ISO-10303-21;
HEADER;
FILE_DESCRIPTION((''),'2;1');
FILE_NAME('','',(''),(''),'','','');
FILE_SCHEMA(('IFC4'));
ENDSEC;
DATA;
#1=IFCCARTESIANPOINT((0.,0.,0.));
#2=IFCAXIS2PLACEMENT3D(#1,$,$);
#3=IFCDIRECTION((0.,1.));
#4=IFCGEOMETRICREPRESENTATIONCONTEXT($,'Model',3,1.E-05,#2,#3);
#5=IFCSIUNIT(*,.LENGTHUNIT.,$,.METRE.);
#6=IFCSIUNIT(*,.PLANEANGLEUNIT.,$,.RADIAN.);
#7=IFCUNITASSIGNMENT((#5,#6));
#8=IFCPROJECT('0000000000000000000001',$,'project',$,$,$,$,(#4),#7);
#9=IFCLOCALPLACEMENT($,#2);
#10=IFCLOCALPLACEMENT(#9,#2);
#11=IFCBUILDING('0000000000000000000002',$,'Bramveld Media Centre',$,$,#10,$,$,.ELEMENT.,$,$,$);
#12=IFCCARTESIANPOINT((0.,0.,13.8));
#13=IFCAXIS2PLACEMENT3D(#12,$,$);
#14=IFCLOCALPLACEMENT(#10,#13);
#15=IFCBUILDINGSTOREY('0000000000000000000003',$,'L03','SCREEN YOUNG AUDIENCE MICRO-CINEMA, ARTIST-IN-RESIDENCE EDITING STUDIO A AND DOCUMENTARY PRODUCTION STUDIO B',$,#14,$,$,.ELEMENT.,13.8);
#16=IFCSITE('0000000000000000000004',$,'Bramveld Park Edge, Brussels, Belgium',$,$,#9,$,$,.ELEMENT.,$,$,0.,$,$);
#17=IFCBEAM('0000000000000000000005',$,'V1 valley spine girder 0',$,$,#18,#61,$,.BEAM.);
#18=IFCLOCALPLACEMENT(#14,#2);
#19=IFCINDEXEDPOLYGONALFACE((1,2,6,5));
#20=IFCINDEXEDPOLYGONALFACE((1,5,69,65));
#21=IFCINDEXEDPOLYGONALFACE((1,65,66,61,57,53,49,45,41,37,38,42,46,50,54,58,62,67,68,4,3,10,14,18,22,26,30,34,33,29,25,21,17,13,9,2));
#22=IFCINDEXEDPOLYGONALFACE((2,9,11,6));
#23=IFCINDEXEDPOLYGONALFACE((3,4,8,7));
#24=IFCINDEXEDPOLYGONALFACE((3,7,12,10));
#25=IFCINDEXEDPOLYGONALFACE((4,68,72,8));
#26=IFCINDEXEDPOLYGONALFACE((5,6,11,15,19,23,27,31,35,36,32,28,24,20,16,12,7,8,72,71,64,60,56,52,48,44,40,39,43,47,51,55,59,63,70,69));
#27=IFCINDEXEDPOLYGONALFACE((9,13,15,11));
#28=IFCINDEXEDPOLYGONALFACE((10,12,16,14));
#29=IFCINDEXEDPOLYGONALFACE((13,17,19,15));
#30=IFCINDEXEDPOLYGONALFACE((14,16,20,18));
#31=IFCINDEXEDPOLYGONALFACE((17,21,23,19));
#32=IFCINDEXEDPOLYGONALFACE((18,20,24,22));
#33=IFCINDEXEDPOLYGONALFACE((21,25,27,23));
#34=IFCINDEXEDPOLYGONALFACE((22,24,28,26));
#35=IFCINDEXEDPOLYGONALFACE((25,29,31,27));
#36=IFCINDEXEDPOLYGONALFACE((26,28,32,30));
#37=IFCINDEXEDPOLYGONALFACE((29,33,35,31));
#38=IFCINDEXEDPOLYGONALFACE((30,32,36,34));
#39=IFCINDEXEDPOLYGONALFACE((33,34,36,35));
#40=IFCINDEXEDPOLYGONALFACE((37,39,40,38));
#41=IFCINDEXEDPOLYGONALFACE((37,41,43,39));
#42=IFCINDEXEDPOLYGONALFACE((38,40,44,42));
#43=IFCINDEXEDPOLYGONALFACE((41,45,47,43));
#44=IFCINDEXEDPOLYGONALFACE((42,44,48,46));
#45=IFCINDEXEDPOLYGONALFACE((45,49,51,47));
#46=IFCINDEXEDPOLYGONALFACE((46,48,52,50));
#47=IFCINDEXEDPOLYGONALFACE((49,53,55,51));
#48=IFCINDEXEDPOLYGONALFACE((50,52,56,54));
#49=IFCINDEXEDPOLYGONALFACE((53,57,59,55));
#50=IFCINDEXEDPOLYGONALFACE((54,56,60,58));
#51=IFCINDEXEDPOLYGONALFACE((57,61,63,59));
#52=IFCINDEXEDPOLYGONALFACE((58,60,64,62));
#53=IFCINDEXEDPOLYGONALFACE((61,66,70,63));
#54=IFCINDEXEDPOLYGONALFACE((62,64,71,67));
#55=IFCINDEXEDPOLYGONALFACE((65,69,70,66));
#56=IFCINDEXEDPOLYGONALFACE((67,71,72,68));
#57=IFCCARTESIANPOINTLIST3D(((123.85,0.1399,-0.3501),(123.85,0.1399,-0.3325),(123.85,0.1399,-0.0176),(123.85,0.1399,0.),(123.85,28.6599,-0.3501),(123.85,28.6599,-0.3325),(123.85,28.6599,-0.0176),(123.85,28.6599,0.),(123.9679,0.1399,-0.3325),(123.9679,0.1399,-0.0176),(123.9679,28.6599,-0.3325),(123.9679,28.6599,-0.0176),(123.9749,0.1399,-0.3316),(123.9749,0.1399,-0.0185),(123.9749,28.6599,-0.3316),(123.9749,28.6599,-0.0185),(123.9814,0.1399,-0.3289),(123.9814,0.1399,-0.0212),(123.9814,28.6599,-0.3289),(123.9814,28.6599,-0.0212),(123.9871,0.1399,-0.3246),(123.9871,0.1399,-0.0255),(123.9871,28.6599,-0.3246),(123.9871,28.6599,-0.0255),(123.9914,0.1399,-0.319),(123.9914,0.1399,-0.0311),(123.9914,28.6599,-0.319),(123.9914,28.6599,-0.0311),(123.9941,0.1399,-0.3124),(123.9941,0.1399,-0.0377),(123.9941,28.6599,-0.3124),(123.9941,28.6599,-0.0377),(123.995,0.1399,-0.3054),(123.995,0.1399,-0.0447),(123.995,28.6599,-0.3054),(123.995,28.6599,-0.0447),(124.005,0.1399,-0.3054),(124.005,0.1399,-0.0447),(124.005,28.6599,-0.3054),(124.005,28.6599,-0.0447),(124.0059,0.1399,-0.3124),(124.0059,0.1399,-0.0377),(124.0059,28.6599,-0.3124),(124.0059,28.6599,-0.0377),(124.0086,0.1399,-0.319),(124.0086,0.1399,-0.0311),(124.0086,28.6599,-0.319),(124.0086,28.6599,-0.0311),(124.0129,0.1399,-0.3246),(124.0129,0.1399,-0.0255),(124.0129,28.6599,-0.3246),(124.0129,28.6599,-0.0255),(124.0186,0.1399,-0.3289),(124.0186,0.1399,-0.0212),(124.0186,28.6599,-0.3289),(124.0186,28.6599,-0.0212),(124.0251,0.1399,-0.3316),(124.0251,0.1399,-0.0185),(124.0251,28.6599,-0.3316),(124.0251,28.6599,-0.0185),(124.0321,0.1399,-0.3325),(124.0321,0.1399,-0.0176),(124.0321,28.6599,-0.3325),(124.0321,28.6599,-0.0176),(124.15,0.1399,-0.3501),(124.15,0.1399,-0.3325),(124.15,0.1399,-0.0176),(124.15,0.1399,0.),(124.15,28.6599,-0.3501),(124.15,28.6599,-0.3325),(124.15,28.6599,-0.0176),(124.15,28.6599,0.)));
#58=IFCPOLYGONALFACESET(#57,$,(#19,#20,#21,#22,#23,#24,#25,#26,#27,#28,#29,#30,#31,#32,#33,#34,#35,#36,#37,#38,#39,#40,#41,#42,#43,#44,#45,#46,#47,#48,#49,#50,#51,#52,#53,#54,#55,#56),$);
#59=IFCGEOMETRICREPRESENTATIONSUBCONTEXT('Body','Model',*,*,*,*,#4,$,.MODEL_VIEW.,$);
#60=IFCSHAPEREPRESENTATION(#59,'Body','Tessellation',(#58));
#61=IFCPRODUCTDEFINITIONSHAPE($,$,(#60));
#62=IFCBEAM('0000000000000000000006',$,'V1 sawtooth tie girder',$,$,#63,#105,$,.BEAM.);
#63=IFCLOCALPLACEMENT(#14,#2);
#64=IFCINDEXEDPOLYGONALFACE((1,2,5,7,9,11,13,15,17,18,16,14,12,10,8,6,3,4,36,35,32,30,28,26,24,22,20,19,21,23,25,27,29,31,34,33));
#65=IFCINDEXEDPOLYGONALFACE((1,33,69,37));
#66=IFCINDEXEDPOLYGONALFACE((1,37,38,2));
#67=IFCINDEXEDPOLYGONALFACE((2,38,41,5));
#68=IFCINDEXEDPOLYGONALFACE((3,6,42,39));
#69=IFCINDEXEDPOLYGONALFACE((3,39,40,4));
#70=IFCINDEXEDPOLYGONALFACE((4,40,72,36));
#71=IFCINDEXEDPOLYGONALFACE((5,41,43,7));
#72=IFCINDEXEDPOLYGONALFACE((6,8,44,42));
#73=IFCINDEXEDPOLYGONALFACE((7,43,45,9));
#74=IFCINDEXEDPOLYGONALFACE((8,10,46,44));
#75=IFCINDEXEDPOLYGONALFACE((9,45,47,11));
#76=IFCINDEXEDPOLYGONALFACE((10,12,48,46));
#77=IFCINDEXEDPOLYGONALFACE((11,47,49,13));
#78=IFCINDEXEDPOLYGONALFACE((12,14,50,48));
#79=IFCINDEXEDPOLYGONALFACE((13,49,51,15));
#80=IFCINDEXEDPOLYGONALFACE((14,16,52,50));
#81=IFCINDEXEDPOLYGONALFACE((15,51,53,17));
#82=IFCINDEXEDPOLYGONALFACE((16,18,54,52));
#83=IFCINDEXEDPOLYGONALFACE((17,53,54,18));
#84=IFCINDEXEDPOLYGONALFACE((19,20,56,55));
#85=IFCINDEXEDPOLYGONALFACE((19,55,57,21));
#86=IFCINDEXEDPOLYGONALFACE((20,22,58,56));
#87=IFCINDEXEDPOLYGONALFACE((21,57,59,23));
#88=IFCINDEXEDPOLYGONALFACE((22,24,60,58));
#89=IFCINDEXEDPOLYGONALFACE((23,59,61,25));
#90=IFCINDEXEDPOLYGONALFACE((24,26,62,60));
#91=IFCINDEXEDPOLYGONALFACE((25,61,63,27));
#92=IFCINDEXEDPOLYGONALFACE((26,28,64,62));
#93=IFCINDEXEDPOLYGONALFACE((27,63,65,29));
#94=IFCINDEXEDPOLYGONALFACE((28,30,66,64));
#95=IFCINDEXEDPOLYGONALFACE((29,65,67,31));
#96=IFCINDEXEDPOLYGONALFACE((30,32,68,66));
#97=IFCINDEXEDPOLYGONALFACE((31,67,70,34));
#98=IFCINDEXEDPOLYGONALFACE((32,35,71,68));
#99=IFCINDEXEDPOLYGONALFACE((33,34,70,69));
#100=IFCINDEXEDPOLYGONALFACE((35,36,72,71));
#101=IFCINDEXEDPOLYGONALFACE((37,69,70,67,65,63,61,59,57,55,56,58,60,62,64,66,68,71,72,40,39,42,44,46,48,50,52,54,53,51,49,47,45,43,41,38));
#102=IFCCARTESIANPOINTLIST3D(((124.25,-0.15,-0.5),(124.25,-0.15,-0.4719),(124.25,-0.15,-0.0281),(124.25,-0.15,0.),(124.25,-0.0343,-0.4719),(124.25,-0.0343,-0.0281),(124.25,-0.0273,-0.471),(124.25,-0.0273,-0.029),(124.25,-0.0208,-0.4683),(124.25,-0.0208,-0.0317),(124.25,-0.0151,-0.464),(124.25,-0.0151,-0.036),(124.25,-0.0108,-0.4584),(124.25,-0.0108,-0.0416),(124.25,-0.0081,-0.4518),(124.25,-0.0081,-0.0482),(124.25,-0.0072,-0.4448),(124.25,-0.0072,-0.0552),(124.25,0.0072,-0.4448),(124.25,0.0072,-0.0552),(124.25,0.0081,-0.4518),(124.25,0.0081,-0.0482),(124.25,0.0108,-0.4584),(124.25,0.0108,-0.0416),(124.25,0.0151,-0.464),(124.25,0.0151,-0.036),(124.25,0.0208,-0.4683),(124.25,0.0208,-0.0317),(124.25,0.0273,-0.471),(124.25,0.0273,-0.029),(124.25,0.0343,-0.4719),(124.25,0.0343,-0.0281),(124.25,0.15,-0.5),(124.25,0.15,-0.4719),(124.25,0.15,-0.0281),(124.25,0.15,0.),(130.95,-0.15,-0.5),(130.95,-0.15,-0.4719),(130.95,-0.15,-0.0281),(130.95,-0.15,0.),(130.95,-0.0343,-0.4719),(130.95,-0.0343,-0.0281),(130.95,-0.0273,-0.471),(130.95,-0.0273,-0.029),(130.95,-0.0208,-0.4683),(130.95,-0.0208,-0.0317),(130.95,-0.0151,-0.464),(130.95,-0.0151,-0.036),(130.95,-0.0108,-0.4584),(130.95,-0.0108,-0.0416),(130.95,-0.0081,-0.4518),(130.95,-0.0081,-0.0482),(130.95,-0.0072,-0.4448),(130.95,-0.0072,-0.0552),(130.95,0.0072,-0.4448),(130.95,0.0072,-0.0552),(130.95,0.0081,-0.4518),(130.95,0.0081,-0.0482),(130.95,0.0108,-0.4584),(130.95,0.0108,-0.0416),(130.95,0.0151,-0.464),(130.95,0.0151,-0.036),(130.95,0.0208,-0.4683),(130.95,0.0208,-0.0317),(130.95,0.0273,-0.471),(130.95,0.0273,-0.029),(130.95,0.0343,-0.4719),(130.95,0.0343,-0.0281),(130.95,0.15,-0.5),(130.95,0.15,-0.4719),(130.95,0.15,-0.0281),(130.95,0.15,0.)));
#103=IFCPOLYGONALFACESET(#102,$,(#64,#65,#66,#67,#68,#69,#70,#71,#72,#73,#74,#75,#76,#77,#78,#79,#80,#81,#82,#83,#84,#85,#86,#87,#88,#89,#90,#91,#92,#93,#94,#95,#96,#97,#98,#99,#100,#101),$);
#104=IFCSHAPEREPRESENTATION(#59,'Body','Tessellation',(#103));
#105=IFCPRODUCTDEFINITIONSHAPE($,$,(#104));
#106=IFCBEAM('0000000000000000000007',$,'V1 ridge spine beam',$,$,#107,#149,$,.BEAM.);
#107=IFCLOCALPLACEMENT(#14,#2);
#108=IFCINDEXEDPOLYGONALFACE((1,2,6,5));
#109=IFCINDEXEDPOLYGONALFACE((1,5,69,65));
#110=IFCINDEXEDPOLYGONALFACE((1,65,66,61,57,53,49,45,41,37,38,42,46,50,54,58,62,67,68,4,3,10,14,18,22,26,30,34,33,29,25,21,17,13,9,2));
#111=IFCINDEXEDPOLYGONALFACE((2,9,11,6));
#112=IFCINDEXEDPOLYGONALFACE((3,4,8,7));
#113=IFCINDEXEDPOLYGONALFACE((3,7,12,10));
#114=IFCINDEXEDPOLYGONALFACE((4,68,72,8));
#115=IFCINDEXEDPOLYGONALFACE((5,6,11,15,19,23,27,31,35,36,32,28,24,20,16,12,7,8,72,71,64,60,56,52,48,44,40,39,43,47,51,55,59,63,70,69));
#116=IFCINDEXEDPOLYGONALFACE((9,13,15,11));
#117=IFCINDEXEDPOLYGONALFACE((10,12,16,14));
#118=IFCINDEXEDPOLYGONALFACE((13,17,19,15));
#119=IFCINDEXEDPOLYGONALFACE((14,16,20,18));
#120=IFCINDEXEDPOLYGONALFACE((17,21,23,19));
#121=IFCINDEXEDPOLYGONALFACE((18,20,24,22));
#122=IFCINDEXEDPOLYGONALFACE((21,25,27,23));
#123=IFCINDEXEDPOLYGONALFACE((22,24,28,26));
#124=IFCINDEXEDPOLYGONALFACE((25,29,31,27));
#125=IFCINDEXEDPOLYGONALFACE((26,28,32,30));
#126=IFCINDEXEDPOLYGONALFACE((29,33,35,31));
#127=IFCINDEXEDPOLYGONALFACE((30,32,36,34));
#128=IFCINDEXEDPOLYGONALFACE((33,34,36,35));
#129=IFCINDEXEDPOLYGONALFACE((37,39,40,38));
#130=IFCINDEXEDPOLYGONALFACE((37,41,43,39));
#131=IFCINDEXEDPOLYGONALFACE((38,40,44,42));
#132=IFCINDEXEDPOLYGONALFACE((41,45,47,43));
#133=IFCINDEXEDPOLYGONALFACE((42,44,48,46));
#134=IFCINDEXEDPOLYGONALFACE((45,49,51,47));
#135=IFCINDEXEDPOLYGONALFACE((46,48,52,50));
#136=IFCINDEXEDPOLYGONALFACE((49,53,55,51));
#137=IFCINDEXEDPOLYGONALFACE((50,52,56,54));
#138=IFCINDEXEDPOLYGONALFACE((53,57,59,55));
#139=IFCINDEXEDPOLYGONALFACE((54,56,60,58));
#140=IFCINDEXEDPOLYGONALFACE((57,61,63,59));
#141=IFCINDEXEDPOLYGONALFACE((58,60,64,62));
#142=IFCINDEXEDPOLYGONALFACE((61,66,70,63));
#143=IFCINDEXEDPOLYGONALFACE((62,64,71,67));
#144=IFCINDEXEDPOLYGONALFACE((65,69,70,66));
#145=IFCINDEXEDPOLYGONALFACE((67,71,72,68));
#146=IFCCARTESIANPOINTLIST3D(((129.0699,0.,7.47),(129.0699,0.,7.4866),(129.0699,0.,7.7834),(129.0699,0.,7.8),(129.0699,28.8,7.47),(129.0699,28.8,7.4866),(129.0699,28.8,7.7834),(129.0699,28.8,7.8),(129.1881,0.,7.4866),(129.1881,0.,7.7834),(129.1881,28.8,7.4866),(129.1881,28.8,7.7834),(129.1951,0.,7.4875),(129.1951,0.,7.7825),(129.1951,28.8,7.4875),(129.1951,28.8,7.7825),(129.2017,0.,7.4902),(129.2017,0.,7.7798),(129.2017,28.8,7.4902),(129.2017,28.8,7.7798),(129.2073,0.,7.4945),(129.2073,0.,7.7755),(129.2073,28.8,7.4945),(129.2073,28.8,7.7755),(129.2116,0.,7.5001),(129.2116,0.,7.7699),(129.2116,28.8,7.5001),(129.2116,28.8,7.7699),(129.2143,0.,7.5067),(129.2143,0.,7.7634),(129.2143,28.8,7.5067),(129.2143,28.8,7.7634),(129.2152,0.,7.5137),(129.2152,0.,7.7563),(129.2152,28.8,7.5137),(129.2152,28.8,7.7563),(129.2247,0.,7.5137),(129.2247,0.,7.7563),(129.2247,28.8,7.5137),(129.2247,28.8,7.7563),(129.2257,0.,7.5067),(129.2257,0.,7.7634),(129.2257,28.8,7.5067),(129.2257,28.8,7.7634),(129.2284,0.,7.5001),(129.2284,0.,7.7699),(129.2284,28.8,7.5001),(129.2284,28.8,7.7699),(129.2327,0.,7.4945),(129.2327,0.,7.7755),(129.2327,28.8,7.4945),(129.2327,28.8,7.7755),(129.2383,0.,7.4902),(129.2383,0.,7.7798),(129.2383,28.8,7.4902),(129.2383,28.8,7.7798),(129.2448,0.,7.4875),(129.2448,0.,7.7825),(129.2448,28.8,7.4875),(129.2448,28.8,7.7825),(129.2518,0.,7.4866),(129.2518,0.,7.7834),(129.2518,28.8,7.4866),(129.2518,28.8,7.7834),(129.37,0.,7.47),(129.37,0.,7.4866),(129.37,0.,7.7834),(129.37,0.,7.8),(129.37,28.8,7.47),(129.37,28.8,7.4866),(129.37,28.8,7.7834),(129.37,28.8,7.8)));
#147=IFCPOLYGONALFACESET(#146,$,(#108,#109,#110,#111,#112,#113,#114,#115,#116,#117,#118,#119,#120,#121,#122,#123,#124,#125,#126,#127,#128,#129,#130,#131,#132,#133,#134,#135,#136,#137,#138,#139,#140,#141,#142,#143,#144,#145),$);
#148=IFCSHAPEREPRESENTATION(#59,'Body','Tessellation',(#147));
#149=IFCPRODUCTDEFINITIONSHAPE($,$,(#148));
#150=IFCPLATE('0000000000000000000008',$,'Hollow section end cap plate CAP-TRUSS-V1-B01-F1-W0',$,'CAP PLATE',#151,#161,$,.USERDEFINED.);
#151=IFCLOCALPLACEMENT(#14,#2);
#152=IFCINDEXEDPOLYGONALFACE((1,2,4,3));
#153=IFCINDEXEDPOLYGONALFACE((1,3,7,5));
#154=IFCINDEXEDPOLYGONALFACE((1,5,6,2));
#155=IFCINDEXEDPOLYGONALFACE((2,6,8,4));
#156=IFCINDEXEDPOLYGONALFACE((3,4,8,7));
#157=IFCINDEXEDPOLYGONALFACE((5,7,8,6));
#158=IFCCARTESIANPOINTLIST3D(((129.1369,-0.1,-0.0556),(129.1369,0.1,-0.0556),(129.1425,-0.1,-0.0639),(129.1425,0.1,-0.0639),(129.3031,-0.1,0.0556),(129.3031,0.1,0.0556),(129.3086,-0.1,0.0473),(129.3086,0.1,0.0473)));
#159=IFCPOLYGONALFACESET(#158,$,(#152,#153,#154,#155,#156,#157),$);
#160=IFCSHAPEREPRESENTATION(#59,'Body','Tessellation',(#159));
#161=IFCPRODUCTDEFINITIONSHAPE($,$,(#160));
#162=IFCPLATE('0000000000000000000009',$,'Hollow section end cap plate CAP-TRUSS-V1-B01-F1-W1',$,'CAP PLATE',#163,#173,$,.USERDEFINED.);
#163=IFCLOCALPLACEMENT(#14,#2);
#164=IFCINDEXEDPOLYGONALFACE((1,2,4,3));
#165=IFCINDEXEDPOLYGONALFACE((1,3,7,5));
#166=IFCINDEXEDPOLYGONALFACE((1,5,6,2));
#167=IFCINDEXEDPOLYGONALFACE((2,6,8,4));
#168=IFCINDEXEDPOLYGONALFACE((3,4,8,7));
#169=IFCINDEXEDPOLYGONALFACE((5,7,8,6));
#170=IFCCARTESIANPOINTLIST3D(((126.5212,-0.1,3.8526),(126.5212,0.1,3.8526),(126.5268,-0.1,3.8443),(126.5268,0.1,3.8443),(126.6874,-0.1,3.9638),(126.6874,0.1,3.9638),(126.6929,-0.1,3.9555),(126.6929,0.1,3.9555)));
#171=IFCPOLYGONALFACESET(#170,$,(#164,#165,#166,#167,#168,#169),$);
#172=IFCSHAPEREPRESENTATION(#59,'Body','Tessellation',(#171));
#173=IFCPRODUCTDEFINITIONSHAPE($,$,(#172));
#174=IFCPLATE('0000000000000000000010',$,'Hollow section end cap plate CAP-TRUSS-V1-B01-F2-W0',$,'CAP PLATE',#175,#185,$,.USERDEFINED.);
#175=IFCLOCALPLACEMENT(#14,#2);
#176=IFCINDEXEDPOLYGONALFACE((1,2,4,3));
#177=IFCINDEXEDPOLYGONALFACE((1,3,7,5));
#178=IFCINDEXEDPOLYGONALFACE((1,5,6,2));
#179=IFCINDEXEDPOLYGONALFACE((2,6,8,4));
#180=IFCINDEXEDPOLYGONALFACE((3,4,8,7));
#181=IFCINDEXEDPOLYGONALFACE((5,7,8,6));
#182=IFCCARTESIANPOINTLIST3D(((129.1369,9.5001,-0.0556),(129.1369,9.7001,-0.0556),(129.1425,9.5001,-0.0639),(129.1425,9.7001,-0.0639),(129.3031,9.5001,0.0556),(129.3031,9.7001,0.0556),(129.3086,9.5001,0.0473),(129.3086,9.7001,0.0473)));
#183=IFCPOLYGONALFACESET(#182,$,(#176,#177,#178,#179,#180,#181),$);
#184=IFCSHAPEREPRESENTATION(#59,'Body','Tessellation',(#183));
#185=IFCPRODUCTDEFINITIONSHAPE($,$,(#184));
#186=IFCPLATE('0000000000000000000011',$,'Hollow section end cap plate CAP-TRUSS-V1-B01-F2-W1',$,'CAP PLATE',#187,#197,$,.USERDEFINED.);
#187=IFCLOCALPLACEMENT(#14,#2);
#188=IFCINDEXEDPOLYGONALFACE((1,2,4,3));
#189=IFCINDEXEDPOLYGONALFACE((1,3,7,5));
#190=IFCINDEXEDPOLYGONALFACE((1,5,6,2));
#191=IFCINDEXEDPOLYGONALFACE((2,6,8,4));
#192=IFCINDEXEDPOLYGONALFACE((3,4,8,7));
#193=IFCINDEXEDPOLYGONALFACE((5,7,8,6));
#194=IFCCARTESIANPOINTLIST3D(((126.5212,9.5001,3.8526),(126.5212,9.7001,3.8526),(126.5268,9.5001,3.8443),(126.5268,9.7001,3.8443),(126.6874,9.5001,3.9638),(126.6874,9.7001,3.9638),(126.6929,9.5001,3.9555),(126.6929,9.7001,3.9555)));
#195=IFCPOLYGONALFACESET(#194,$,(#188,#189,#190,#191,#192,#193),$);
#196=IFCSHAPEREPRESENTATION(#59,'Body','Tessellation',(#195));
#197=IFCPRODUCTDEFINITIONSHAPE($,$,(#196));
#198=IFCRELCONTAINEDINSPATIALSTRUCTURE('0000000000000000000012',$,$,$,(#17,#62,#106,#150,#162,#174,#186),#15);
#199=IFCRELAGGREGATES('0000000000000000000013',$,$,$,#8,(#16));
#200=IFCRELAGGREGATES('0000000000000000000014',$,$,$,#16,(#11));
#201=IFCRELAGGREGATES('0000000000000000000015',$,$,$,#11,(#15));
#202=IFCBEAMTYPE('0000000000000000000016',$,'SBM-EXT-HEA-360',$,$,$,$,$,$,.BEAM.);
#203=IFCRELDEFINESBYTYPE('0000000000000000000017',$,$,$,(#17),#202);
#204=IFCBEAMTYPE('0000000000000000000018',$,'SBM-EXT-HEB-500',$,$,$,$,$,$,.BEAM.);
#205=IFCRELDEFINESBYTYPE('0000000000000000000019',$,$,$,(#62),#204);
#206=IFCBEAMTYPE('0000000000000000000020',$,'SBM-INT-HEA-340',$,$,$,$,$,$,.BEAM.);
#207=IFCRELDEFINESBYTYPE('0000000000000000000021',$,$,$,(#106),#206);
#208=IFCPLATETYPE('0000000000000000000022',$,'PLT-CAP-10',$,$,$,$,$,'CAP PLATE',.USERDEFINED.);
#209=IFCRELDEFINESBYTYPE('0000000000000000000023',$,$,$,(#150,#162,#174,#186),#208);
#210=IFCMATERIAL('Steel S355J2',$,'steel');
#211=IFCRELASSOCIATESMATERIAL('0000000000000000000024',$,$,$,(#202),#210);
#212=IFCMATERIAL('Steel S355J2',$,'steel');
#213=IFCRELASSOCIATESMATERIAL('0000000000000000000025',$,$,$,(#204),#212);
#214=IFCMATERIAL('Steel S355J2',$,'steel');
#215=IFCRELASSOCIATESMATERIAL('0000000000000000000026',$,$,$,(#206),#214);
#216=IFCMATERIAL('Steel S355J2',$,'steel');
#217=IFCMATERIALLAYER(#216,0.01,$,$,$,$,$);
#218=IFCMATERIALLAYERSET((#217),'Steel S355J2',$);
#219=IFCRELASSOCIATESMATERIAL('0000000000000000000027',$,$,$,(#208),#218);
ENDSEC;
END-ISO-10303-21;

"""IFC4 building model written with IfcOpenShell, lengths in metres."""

from ifc_helpers import new_model, si_unit, direction, frame, origin, origin_2d, place, context, subcontext, project, spatial, rectangle, i_section, extrude, material, layer, layer_set, material_profile, profile_set, type_object, element, save


model = new_model("IFC4")

# Units and contexts
model_context = context("Model", 3, precision=1e-05, world=origin(), true_north=direction((0.0, 1.0)))
body_context = subcontext(model_context, "Body", "Model", "MODEL_VIEW")
ifc_project = project(units=[si_unit("LENGTHUNIT", "METRE"), si_unit("PLANEANGLEUNIT", "RADIAN")], contexts=[model_context])

# Site, building, storey
site_placement = place(None, origin())
site = spatial("IfcSite", under=ifc_project, at=site_placement, Name="Bramveld Park Edge, Brussels, Belgium", CompositionType="ELEMENT", RefElevation=0.0)
building_placement = place(site_placement, origin())
building = spatial("IfcBuilding", under=site, at=building_placement, Name="Bramveld Media Centre", CompositionType="ELEMENT")
storey_placement = place(building_placement, frame((0.0, 0.0, 13.8)))
storey = spatial("IfcBuildingStorey", under=building, at=storey_placement, Name="L03", Description="SCREEN YOUNG AUDIENCE MICRO-CINEMA, ARTIST-IN-RESIDENCE EDITING STUDIO A AND DOCUMENTARY PRODUCTION STUDIO B", CompositionType="ELEMENT", Elevation=13.8)

# Beams
ifc_material_1 = material(Name="Steel S355J2", Category="steel")
ifc_material_profile_1 = material_profile(ifc_material_1, i_section(OverallWidth=0.3, OverallDepth=0.3501, WebThickness=0.01, FlangeThickness=0.0176, FilletRadius=0.0271, at=origin_2d()), Name="HEA 360")
ifc_profile_set_1 = profile_set([ifc_material_profile_1], Name="Steel S355J2")
beam_type_1 = type_object("IfcBeamType", Name="SBM-EXT-HEA-360", PredefinedType="BEAM", material=ifc_profile_set_1)
beam_1_placement = place(storey_placement, frame((124.0, 0.1399, -0.175), z_axis=(0.0, 1.0, 0.0), x_axis=(-1.0, 0.0, 0.0)))
element("IfcBeam", 1, at=beam_1_placement, inside=storey, type_object=beam_type_1, Name="V1 valley spine girder 0", PredefinedType="BEAM", context=body_context, shape_type="SweptSolid", body=[
    extrude(i_section(OverallWidth=0.3, OverallDepth=0.3501, WebThickness=0.01, FlangeThickness=0.0176, FilletRadius=0.0271, at=origin_2d()), origin(), (0.0, 0.0, 1.0), 28.52),
])
ifc_material_2 = material(Name="Steel S355J2", Category="steel")
ifc_material_profile_2 = material_profile(ifc_material_2, i_section(OverallWidth=0.3, OverallDepth=0.5, WebThickness=0.0144, FlangeThickness=0.0281, FilletRadius=0.0271, at=origin_2d()), Name="HEB 500")
ifc_profile_set_2 = profile_set([ifc_material_profile_2], Name="Steel S355J2")
beam_type_2 = type_object("IfcBeamType", Name="SBM-EXT-HEB-500", PredefinedType="BEAM", material=ifc_profile_set_2)
beam_2_placement = place(storey_placement, frame((124.25, 0.0, -0.25), z_axis=(1.0, 0.0, 0.0), x_axis=(0.0, 1.0, 0.0)))
element("IfcBeam", 2, at=beam_2_placement, inside=storey, type_object=beam_type_2, Name="V1 sawtooth tie girder", PredefinedType="BEAM", context=body_context, shape_type="SweptSolid", body=[
    extrude(i_section(OverallWidth=0.3, OverallDepth=0.5, WebThickness=0.0144, FlangeThickness=0.0281, FilletRadius=0.0271, at=origin_2d()), origin(), (0.0, 0.0, 1.0), 6.7),
])
ifc_material_3 = material(Name="Steel S355J2", Category="steel")
ifc_material_profile_3 = material_profile(ifc_material_3, i_section(OverallWidth=0.3, OverallDepth=0.3301, WebThickness=0.0095, FlangeThickness=0.0166, FilletRadius=0.0271, at=origin_2d()), Name="HEA 340")
ifc_profile_set_3 = profile_set([ifc_material_profile_3], Name="Steel S355J2")
beam_type_3 = type_object("IfcBeamType", Name="SBM-INT-HEA-340", PredefinedType="BEAM", material=ifc_profile_set_3)
beam_3_placement = place(storey_placement, frame((129.22, 0.0, 7.635), z_axis=(0.0, 1.0, 0.0), x_axis=(-1.0, 0.0, 0.0)))
element("IfcBeam", 3, at=beam_3_placement, inside=storey, type_object=beam_type_3, Name="V1 ridge spine beam", PredefinedType="BEAM", context=body_context, shape_type="SweptSolid", body=[
    extrude(i_section(OverallWidth=0.3, OverallDepth=0.3301, WebThickness=0.0095, FlangeThickness=0.0166, FilletRadius=0.0271, at=origin_2d()), origin(), (0.0, 0.0, 1.0), 28.8),
])

# Plates
ifc_material_4 = material(Name="Steel S355J2", Category="steel")
ifc_layer_1 = layer(ifc_material_4, 0.01)
ifc_layer_set_1 = layer_set([ifc_layer_1], Name="Steel S355J2")
plate_type_1 = type_object("IfcPlateType", Name="PLT-CAP-10", ElementType="CAP PLATE", PredefinedType="USERDEFINED", material=ifc_layer_set_1)
for number, where, z_axis, x_axis, name in (
    (4, (129.22, 0.0, 0.0), (0.556175, 0.0, -0.831065), (0.0, 1.0, 0.0), "Hollow section end cap plate CAP-TRUSS-V1-B01-F1-W0"),
    (5, (126.6099, 0.0, 3.8999), (-0.556175, 0.0, 0.831065), (0.0, -1.0, 0.0), "Hollow section end cap plate CAP-TRUSS-V1-B01-F1-W1"),
    (6, (129.22, 9.6001, 0.0), (0.556175, 0.0, -0.831065), (0.0, 1.0, 0.0), "Hollow section end cap plate CAP-TRUSS-V1-B01-F2-W0"),
    (7, (126.6099, 9.6001, 3.8999), (-0.556175, 0.0, 0.831065), (0.0, -1.0, 0.0), "Hollow section end cap plate CAP-TRUSS-V1-B01-F2-W1"),
):
    element("IfcPlate", number, at=place(storey_placement, frame(where, z_axis=z_axis, x_axis=x_axis)), inside=storey, type_object=plate_type_1, Name=name, ObjectType="CAP PLATE", PredefinedType="USERDEFINED", context=body_context, shape_type="SweptSolid", body=[
        extrude(rectangle(XDim=0.2, YDim=0.2, at=origin_2d()), origin(), (0.0, 0.0, 1.0), 0.01),
    ])

save(model, "model.ifc")
